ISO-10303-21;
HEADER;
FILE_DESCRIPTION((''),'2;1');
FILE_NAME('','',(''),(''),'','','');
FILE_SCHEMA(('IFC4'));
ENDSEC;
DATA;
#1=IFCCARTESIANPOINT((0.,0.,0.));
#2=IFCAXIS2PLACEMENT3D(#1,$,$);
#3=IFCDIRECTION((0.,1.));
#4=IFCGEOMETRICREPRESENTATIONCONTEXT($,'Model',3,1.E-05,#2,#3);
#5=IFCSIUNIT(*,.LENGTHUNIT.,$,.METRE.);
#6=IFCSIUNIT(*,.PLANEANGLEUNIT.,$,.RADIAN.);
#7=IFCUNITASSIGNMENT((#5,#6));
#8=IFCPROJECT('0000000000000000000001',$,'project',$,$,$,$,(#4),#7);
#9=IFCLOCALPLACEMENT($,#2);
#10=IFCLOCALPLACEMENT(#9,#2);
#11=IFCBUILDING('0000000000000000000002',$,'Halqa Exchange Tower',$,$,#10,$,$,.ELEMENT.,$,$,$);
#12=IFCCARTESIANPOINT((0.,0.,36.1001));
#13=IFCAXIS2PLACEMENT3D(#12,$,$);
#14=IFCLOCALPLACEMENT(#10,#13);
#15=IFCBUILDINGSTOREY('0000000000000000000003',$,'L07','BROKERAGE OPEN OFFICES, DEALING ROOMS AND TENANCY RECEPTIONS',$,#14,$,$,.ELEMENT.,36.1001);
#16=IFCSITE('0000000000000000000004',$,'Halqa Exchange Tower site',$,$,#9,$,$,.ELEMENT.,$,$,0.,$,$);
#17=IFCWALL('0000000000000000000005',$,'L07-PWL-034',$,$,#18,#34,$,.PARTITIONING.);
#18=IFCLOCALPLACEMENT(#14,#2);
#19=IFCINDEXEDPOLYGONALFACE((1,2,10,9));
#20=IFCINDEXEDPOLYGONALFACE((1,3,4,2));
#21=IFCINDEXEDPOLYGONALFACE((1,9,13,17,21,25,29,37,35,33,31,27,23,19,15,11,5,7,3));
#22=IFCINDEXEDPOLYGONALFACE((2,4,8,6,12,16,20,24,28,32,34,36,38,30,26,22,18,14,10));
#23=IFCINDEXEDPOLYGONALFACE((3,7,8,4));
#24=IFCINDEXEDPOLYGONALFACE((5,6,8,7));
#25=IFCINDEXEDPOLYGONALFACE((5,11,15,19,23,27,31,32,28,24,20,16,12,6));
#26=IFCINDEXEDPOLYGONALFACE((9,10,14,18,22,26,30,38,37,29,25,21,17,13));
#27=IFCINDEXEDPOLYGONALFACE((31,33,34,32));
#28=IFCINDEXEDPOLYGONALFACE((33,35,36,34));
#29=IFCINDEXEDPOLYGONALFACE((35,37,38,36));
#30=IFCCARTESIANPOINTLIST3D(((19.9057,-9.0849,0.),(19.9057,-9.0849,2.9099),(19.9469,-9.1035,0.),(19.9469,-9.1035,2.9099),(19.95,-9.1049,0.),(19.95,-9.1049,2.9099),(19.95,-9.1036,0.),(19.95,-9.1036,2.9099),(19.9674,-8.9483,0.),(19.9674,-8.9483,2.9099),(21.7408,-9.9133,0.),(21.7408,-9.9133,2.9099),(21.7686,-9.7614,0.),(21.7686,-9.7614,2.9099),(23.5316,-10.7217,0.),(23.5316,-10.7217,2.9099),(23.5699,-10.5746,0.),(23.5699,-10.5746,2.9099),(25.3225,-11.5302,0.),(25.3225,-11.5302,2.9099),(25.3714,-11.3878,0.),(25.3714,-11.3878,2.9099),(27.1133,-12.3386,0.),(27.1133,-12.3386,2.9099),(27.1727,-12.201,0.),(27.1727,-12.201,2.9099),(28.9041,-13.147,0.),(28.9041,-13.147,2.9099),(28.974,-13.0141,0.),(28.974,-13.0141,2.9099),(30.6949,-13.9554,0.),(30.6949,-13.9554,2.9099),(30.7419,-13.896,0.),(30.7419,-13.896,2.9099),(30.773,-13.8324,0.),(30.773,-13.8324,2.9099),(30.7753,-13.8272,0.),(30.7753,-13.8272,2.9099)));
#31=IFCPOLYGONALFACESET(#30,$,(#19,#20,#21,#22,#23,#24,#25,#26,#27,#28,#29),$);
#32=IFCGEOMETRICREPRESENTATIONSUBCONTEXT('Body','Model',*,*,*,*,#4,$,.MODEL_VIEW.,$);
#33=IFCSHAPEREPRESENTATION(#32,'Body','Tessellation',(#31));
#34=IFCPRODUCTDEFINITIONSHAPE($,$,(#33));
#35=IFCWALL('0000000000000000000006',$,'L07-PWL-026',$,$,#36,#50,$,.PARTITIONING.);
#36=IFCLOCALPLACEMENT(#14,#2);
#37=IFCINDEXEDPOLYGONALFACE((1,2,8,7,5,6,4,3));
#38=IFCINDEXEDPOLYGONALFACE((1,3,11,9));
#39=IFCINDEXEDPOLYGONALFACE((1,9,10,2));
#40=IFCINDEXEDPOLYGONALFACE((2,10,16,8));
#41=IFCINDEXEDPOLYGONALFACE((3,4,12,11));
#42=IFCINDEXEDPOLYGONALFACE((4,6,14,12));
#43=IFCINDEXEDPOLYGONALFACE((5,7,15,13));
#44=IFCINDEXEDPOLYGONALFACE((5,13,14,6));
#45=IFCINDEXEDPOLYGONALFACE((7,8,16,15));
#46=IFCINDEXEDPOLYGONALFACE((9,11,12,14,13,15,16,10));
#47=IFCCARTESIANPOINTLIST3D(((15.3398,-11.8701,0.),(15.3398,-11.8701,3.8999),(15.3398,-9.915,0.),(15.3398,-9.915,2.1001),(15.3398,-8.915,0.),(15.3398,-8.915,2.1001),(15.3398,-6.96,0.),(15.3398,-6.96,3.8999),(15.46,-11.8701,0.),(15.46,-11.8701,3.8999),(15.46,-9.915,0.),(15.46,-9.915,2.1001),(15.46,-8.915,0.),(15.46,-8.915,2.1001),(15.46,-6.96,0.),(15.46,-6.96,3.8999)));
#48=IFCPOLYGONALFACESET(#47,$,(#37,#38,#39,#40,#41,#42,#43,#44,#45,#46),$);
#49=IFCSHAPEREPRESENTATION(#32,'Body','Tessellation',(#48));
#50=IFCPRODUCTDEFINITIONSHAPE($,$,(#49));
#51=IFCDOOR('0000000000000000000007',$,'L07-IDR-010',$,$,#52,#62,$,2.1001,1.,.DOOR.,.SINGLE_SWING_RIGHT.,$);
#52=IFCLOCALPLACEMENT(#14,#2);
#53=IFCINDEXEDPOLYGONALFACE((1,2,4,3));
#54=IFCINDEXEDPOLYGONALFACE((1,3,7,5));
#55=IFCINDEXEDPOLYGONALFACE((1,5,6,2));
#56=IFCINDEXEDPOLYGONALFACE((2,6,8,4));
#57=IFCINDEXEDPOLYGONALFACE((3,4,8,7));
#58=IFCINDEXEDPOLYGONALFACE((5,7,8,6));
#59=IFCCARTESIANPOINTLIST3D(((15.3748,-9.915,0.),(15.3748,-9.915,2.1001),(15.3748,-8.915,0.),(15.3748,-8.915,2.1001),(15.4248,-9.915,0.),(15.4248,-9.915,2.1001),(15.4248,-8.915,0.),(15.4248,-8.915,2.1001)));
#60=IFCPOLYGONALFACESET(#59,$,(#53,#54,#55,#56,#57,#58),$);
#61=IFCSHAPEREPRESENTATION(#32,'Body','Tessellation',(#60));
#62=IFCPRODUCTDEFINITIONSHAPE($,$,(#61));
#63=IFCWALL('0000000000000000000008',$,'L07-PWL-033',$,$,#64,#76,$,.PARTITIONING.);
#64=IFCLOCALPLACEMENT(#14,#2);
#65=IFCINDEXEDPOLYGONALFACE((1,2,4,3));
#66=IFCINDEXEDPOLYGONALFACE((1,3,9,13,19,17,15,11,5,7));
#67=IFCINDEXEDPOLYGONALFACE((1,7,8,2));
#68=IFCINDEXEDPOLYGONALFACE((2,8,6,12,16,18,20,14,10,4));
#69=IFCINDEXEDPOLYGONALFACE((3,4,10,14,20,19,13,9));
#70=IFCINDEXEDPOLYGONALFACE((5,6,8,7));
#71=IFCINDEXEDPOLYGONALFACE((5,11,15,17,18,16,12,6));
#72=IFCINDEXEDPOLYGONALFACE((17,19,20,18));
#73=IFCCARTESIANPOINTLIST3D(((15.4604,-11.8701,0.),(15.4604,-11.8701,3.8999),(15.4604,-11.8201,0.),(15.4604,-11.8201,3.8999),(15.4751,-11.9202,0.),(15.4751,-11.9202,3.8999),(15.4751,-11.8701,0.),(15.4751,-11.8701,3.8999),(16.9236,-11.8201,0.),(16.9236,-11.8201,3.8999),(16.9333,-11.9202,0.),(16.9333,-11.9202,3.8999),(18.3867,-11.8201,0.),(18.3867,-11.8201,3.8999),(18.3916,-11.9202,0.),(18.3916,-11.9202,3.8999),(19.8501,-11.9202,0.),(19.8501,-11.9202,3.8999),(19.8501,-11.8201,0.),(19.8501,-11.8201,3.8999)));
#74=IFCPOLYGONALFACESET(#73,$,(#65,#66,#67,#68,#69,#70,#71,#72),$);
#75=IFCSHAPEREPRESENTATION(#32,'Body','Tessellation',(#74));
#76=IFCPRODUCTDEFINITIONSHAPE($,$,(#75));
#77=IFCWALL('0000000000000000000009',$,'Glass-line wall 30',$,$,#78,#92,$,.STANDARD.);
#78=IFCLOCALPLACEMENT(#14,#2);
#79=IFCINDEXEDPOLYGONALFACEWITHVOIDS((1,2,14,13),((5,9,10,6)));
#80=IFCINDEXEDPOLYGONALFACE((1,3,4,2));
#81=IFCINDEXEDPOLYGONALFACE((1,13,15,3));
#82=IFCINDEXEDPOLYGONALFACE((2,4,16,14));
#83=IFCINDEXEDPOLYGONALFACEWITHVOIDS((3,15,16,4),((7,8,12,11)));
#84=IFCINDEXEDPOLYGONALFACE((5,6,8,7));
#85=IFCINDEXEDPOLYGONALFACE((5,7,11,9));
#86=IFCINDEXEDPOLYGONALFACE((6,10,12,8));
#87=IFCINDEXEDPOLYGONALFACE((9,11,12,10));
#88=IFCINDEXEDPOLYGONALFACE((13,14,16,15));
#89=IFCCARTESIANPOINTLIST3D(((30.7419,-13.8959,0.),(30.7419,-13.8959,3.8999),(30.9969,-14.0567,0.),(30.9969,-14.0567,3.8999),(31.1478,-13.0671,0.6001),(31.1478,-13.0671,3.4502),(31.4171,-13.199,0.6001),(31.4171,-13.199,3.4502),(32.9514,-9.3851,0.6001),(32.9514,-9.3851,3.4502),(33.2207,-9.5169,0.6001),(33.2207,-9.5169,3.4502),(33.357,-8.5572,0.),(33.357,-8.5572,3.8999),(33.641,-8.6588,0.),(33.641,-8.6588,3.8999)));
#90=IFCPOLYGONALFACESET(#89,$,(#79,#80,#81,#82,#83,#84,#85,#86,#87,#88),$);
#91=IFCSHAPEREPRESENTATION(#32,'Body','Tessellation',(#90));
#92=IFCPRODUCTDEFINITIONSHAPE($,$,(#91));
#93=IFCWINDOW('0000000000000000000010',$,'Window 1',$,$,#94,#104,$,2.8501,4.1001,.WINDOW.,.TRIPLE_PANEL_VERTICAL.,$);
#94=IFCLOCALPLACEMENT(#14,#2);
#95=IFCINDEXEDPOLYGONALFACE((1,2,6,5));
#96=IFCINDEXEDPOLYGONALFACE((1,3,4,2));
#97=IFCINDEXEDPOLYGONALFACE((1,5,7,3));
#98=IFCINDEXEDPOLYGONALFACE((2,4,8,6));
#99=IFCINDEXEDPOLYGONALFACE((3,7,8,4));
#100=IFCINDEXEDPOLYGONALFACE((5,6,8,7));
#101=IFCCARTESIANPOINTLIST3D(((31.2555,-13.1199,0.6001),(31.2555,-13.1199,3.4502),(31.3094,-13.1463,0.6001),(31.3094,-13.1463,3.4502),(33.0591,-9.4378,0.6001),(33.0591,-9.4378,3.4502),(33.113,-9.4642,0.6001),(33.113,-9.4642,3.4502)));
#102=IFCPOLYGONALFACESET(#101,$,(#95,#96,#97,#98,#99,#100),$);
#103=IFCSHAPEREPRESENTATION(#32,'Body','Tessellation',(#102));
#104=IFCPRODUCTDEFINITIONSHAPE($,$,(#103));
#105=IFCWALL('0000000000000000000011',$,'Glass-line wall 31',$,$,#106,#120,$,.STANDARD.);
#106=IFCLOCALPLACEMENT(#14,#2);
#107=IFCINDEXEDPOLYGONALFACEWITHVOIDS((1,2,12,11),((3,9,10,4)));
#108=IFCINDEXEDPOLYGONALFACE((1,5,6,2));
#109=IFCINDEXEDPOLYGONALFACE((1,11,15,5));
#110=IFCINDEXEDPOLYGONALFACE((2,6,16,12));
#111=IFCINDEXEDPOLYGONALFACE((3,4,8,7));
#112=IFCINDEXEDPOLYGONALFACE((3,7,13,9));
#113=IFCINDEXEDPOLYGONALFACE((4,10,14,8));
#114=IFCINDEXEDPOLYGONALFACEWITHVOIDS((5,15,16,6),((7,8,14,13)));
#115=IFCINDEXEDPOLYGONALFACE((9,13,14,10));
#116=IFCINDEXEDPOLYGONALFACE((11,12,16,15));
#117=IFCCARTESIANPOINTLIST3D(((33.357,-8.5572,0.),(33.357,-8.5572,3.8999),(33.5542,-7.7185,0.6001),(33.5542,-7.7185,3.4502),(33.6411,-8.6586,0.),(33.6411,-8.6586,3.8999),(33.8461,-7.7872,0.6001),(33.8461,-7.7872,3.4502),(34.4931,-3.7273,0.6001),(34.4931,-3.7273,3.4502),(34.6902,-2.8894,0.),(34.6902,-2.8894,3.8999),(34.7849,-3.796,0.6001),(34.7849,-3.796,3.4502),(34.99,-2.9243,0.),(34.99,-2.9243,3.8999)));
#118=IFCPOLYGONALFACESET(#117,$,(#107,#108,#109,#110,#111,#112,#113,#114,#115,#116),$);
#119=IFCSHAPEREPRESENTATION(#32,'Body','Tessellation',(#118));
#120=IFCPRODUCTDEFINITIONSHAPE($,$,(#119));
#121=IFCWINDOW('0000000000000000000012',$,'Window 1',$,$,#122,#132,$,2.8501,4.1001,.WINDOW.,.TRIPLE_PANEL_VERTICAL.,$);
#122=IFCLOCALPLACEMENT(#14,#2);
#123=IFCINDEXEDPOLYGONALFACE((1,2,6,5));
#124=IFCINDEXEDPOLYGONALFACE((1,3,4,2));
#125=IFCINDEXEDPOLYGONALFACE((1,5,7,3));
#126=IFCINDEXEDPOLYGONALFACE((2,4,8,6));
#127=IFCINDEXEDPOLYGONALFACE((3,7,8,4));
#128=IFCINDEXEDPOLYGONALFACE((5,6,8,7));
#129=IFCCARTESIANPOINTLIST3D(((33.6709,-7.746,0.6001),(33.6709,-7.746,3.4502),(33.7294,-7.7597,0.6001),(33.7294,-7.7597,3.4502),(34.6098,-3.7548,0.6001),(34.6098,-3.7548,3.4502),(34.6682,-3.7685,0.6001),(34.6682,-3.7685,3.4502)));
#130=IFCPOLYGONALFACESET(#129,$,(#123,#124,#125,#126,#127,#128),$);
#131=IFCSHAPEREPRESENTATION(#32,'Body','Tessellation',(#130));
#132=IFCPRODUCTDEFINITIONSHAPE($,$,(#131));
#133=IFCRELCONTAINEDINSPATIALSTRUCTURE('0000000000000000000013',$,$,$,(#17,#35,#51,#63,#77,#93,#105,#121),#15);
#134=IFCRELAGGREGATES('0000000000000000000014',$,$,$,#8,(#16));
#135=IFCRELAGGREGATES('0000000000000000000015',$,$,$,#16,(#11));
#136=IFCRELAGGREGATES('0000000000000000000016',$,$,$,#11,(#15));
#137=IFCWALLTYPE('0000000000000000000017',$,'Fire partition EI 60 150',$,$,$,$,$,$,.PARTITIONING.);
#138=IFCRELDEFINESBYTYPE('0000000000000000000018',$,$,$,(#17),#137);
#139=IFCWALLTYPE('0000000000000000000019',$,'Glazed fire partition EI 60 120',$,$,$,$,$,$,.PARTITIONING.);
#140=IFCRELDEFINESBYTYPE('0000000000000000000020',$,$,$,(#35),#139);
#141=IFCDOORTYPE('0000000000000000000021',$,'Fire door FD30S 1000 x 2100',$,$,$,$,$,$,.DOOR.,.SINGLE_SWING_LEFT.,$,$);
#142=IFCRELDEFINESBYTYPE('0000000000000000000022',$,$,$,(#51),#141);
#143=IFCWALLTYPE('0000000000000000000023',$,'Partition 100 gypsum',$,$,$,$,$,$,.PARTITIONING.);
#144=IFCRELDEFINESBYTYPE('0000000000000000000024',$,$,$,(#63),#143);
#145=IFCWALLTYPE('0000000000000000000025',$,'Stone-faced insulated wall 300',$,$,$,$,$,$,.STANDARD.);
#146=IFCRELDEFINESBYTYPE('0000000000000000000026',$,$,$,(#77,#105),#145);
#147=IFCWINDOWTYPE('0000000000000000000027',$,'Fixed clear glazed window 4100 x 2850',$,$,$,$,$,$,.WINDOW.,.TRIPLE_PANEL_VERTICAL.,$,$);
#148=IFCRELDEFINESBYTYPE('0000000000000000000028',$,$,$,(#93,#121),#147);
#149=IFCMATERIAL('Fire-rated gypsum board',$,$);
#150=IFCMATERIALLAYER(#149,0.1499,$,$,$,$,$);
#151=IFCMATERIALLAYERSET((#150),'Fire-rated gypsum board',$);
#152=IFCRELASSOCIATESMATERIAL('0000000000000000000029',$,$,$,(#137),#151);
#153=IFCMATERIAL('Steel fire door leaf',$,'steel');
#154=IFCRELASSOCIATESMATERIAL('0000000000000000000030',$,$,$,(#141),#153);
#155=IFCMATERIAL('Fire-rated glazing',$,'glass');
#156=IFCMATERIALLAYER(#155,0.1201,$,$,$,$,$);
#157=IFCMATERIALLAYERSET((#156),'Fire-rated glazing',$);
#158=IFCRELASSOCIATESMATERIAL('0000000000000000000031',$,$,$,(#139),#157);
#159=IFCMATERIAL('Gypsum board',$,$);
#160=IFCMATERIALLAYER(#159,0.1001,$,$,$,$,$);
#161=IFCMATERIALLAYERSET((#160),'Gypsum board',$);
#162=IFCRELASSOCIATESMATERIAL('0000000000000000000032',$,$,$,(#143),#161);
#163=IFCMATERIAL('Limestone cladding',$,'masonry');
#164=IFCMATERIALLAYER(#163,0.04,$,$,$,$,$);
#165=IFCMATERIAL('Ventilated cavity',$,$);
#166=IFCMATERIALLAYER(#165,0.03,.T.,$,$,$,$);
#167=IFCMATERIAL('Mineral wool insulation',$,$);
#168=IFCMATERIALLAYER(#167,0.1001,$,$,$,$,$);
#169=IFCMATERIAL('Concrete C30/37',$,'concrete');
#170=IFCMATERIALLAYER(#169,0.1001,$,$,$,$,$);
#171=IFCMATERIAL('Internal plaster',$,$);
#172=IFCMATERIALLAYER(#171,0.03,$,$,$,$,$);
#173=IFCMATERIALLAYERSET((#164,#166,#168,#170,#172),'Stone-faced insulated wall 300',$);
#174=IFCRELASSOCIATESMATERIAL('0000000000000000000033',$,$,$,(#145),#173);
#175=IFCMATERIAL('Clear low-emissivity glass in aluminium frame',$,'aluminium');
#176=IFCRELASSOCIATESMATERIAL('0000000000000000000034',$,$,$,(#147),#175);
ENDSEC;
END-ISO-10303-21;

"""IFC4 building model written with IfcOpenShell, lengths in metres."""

from ifc_helpers import new_model, si_unit, direction, frame, frame_2d, origin, place, context, subcontext, project, spatial, polyline, rectangle, outline, extrude, material, layer, layer_set, type_object, element, fill, save


model = new_model("IFC4")

# Units and contexts
model_context = context("Model", 3, precision=1e-05, world=origin(), true_north=direction((0.0, 1.0)))
body_context = subcontext(model_context, "Body", "Model", "MODEL_VIEW")
ifc_project = project(units=[si_unit("LENGTHUNIT", "METRE"), si_unit("PLANEANGLEUNIT", "RADIAN")], contexts=[model_context])

# Site, building, storey
site_placement = place(None, origin())
site = spatial("IfcSite", under=ifc_project, at=site_placement, Name="Halqa Exchange Tower site", CompositionType="ELEMENT", RefElevation=0.0)
building_placement = place(site_placement, origin())
building = spatial("IfcBuilding", under=site, at=building_placement, Name="Halqa Exchange Tower", CompositionType="ELEMENT")
storey_placement = place(building_placement, frame((0.0, 0.0, 36.1001)))
storey = spatial("IfcBuildingStorey", under=building, at=storey_placement, Name="L07", Description="BROKERAGE OPEN OFFICES, DEALING ROOMS AND TENANCY RECEPTIONS", CompositionType="ELEMENT", Elevation=36.1001)

# Shared definitions
ifc_material_1 = material(Name="Fire-rated gypsum board")
ifc_layer_1 = layer(ifc_material_1, 0.1499)
ifc_layer_set_1 = layer_set([ifc_layer_1], Name="Fire-rated gypsum board")
wall_type_1 = type_object("IfcWallType", Name="Fire partition EI 60 150", PredefinedType="PARTITIONING", material=ifc_layer_set_1)

# Shared definitions
ifc_material_2 = material(Name="Steel fire door leaf", Category="steel")
door_type_1 = type_object("IfcDoorType", Name="Fire door FD30S 1000 x 2100", OperationType="SINGLE_SWING_LEFT", PredefinedType="DOOR", material=ifc_material_2)

# Wall
wall_1_placement = place(storey_placement, frame((19.9365, -9.0166, 0.0), z_axis=(0.0, 0.0, 1.0), x_axis=(0.911436, -0.411442, 0.0)))
element("IfcWall", 1, at=wall_1_placement, inside=storey, type_object=wall_type_1, Name="L07-PWL-034", PredefinedType="PARTITIONING", context=body_context, shape_type="SweptSolid", body=[
    extrude(outline(polyline([(0.0, -0.075), (0.0452, -0.075), (0.0481, -0.0737), (0.0486, -0.075), (2.0134, -0.075), (3.9783, -0.075), (5.9431, -0.075), (7.908, -0.075), (9.8728, -0.075), (11.8376, -0.075), (11.856, -0.0015), (11.8582, 0.0693), (11.8582, 0.075), (9.8818, 0.075), (7.9055, 0.075), (5.9292, 0.075), (3.9526, 0.075), (1.9763, 0.075), (0.0, 0.075), (0.0, -0.075)])), origin(), (0.0, 0.0, 1.0), 2.9099),
])

# Wall, opening, door
ifc_material_3 = material(Name="Fire-rated glazing", Category="glass")
ifc_layer_2 = layer(ifc_material_3, 0.1201)
ifc_layer_set_2 = layer_set([ifc_layer_2], Name="Fire-rated glazing")
wall_type_2 = type_object("IfcWallType", Name="Glazed fire partition EI 60 120", PredefinedType="PARTITIONING", material=ifc_layer_set_2)
wall_2_placement = place(storey_placement, frame((15.3999, -6.96, 0.0), z_axis=(0.0, 0.0, 1.0), x_axis=(0.0, -1.0, 0.0)))
wall_2 = element("IfcWall", 2, at=wall_2_placement, inside=storey, type_object=wall_type_2, Name="L07-PWL-026", PredefinedType="PARTITIONING", context=body_context, shape_type="SweptSolid", body=[
    extrude(rectangle(XDim=4.9102, YDim=0.1201, at=frame_2d((2.4551, 0.0))), origin(), (0.0, 0.0, 1.0), 3.8999),
])
opening_1_placement = place(wall_2_placement, frame((1.9551, 0.0, 0.0)))
opening_1 = element("IfcOpeningElement", 3, at=opening_1_placement, cuts=wall_2, PredefinedType="OPENING", context=body_context, shape_type="SweptSolid", body=[
    extrude(rectangle(XDim=1.0, YDim=2.1001, at=frame_2d((0.5, 1.05))), frame((0.0, 0.072, 0.0), z_axis=(0.0, -1.0, 0.0), x_axis=(1.0, 0.0, 0.0)), (0.0, 0.0, 1.0), 0.144),
])
door_1_placement = place(opening_1_placement, origin())
door_1 = element("IfcDoor", 4, at=door_1_placement, inside=storey, type_object=door_type_1, Name="L07-IDR-010", OperationType="SINGLE_SWING_RIGHT", OverallHeight=2.1001, OverallWidth=1.0, PredefinedType="DOOR", context=body_context, shape_type="SweptSolid", body=[
    extrude(rectangle(XDim=1.0, YDim=2.1001, at=frame_2d((0.5, 1.05))), frame((0.0, 0.0249, 0.0), z_axis=(0.0, -1.0, 0.0), x_axis=(1.0, 0.0, 0.0)), (0.0, 0.0, 1.0), 0.05),
])
fill(opening_1, door_1)

# Wall
ifc_material_4 = material(Name="Gypsum board")
ifc_layer_3 = layer(ifc_material_4, 0.1001)
ifc_layer_set_3 = layer_set([ifc_layer_3], Name="Gypsum board")
wall_type_3 = type_object("IfcWallType", Name="Partition 100 gypsum", PredefinedType="PARTITIONING", material=ifc_layer_set_3)
wall_3_placement = place(storey_placement, frame((19.8501, -11.8701, 0.0), z_axis=(0.0, 0.0, 1.0), x_axis=(-1.0, 0.0, 0.0)))
element("IfcWall", 5, at=wall_3_placement, inside=storey, type_object=wall_type_3, Name="L07-PWL-033", PredefinedType="PARTITIONING", context=body_context, shape_type="SweptSolid", body=[
    extrude(outline(polyline([(4.3896, -0.05), (4.3896, 0.0), (4.375, 0.0), (4.375, 0.05), (2.9167, 0.05), (1.4585, 0.05), (0.0, 0.05), (0.0, -0.05), (1.4634, -0.05), (2.9265, -0.05), (4.3896, -0.05)])), origin(), (0.0, 0.0, 1.0), 3.8999),
])

# Walls, openings, windows
ifc_material_5 = material(Name="Limestone cladding", Category="masonry")
ifc_layer_4 = layer(ifc_material_5, 0.04)
ifc_material_6 = material(Name="Ventilated cavity")
ifc_layer_5 = layer(ifc_material_6, 0.03, ventilated=True)
ifc_material_7 = material(Name="Mineral wool insulation")
ifc_layer_6 = layer(ifc_material_7, 0.1001)
ifc_material_8 = material(Name="Concrete C30/37", Category="concrete")
ifc_layer_7 = layer(ifc_material_8, 0.1001)
ifc_material_9 = material(Name="Internal plaster")
ifc_layer_8 = layer(ifc_material_9, 0.03)
ifc_layer_set_4 = layer_set([ifc_layer_4, ifc_layer_5, ifc_layer_6, ifc_layer_7, ifc_layer_8], Name="Stone-faced insulated wall 300")
wall_type_4 = type_object("IfcWallType", Name="Stone-faced insulated wall 300", PredefinedType="STANDARD", material=ifc_layer_set_4)
wall_4_placement = place(storey_placement, frame((30.8694, -13.9763, 0.0), z_axis=(0.0, 0.0, 1.0), x_axis=(0.439896, 0.898049, 0.0)))
wall_4 = element("IfcWall", 6, at=wall_4_placement, inside=storey, type_object=wall_type_4, Name="Glass-line wall 30", PredefinedType="STANDARD", context=body_context, shape_type="SweptSolid", body=[
    extrude(outline(polyline([(-0.0161, -0.1499), (5.9946, -0.1499), (5.9609, 0.1499), (0.0161, 0.1499), (-0.0161, -0.1499)])), origin(), (0.0, 0.0, 1.0), 3.8999),
])
opening_2_placement = place(wall_4_placement, frame((0.939, 0.0, 0.6001)))
opening_2 = element("IfcOpeningElement", 7, at=opening_2_placement, cuts=wall_4, PredefinedType="OPENING", context=body_context, shape_type="SweptSolid", body=[
    extrude(rectangle(XDim=4.1001, YDim=2.8501, at=frame_2d((2.05, 1.425))), frame((0.0, 0.1621, 0.0), z_axis=(0.0, -1.0, 0.0), x_axis=(1.0, 0.0, 0.0)), (0.0, 0.0, 1.0), 0.324),
])
ifc_material_10 = material(Name="Clear low-emissivity glass in aluminium frame", Category="aluminium")
window_type = type_object("IfcWindowType", Name="Fixed clear glazed window 4100 x 2850", PartitioningType="TRIPLE_PANEL_VERTICAL", PredefinedType="WINDOW", material=ifc_material_10)
window_1_placement = place(opening_2_placement, origin())
window_1 = element("IfcWindow", 8, at=window_1_placement, inside=storey, type_object=window_type, Name="Window 1", OverallHeight=2.8501, OverallWidth=4.1001, PartitioningType="TRIPLE_PANEL_VERTICAL", PredefinedType="WINDOW", context=body_context, shape_type="SweptSolid", body=[
    extrude(rectangle(XDim=4.1001, YDim=2.8501, at=frame_2d((2.05, 1.425))), frame((0.0, 0.03, 0.0), z_axis=(0.0, -1.0, 0.0), x_axis=(1.0, 0.0, 0.0)), (0.0, 0.0, 1.0), 0.0601),
])
fill(opening_2, window_1)
wall_5_placement = place(storey_placement, frame((33.499, -8.6079, 0.0), z_axis=(0.0, 0.0, 1.0), x_axis=(0.228977, 0.973432, 0.0)))
wall_5 = element("IfcWall", 9, at=wall_5_placement, inside=storey, type_object=wall_type_4, Name="Glass-line wall 31", PredefinedType="STANDARD", context=body_context, shape_type="SweptSolid", body=[
    extrude(outline(polyline([(-0.0168, -0.1499), (5.874, -0.1499), (5.8394, 0.1499), (0.0168, 0.1499), (-0.0168, -0.1499)])), origin(), (0.0, 0.0, 1.0), 3.8999),
])
opening_3_placement = place(wall_5_placement, frame((0.8784, 0.0, 0.6001)))
opening_3 = element("IfcOpeningElement", 10, at=opening_3_placement, cuts=wall_5, PredefinedType="OPENING", context=body_context, shape_type="SweptSolid", body=[
    extrude(rectangle(XDim=4.1001, YDim=2.8501, at=frame_2d((2.05, 1.425))), frame((0.0, 0.1621, 0.0), z_axis=(0.0, -1.0, 0.0), x_axis=(1.0, 0.0, 0.0)), (0.0, 0.0, 1.0), 0.324),
])
window_2_placement = place(opening_3_placement, origin())
window_2 = element("IfcWindow", 11, at=window_2_placement, inside=storey, type_object=window_type, Name="Window 1", OverallHeight=2.8501, OverallWidth=4.1001, PartitioningType="TRIPLE_PANEL_VERTICAL", PredefinedType="WINDOW", context=body_context, shape_type="SweptSolid", body=[
    extrude(rectangle(XDim=4.1001, YDim=2.8501, at=frame_2d((2.05, 1.425))), frame((0.0, 0.03, 0.0), z_axis=(0.0, -1.0, 0.0), x_axis=(1.0, 0.0, 0.0)), (0.0, 0.0, 1.0), 0.0601),
])
fill(opening_3, window_2)

save(model, "model.ifc")
